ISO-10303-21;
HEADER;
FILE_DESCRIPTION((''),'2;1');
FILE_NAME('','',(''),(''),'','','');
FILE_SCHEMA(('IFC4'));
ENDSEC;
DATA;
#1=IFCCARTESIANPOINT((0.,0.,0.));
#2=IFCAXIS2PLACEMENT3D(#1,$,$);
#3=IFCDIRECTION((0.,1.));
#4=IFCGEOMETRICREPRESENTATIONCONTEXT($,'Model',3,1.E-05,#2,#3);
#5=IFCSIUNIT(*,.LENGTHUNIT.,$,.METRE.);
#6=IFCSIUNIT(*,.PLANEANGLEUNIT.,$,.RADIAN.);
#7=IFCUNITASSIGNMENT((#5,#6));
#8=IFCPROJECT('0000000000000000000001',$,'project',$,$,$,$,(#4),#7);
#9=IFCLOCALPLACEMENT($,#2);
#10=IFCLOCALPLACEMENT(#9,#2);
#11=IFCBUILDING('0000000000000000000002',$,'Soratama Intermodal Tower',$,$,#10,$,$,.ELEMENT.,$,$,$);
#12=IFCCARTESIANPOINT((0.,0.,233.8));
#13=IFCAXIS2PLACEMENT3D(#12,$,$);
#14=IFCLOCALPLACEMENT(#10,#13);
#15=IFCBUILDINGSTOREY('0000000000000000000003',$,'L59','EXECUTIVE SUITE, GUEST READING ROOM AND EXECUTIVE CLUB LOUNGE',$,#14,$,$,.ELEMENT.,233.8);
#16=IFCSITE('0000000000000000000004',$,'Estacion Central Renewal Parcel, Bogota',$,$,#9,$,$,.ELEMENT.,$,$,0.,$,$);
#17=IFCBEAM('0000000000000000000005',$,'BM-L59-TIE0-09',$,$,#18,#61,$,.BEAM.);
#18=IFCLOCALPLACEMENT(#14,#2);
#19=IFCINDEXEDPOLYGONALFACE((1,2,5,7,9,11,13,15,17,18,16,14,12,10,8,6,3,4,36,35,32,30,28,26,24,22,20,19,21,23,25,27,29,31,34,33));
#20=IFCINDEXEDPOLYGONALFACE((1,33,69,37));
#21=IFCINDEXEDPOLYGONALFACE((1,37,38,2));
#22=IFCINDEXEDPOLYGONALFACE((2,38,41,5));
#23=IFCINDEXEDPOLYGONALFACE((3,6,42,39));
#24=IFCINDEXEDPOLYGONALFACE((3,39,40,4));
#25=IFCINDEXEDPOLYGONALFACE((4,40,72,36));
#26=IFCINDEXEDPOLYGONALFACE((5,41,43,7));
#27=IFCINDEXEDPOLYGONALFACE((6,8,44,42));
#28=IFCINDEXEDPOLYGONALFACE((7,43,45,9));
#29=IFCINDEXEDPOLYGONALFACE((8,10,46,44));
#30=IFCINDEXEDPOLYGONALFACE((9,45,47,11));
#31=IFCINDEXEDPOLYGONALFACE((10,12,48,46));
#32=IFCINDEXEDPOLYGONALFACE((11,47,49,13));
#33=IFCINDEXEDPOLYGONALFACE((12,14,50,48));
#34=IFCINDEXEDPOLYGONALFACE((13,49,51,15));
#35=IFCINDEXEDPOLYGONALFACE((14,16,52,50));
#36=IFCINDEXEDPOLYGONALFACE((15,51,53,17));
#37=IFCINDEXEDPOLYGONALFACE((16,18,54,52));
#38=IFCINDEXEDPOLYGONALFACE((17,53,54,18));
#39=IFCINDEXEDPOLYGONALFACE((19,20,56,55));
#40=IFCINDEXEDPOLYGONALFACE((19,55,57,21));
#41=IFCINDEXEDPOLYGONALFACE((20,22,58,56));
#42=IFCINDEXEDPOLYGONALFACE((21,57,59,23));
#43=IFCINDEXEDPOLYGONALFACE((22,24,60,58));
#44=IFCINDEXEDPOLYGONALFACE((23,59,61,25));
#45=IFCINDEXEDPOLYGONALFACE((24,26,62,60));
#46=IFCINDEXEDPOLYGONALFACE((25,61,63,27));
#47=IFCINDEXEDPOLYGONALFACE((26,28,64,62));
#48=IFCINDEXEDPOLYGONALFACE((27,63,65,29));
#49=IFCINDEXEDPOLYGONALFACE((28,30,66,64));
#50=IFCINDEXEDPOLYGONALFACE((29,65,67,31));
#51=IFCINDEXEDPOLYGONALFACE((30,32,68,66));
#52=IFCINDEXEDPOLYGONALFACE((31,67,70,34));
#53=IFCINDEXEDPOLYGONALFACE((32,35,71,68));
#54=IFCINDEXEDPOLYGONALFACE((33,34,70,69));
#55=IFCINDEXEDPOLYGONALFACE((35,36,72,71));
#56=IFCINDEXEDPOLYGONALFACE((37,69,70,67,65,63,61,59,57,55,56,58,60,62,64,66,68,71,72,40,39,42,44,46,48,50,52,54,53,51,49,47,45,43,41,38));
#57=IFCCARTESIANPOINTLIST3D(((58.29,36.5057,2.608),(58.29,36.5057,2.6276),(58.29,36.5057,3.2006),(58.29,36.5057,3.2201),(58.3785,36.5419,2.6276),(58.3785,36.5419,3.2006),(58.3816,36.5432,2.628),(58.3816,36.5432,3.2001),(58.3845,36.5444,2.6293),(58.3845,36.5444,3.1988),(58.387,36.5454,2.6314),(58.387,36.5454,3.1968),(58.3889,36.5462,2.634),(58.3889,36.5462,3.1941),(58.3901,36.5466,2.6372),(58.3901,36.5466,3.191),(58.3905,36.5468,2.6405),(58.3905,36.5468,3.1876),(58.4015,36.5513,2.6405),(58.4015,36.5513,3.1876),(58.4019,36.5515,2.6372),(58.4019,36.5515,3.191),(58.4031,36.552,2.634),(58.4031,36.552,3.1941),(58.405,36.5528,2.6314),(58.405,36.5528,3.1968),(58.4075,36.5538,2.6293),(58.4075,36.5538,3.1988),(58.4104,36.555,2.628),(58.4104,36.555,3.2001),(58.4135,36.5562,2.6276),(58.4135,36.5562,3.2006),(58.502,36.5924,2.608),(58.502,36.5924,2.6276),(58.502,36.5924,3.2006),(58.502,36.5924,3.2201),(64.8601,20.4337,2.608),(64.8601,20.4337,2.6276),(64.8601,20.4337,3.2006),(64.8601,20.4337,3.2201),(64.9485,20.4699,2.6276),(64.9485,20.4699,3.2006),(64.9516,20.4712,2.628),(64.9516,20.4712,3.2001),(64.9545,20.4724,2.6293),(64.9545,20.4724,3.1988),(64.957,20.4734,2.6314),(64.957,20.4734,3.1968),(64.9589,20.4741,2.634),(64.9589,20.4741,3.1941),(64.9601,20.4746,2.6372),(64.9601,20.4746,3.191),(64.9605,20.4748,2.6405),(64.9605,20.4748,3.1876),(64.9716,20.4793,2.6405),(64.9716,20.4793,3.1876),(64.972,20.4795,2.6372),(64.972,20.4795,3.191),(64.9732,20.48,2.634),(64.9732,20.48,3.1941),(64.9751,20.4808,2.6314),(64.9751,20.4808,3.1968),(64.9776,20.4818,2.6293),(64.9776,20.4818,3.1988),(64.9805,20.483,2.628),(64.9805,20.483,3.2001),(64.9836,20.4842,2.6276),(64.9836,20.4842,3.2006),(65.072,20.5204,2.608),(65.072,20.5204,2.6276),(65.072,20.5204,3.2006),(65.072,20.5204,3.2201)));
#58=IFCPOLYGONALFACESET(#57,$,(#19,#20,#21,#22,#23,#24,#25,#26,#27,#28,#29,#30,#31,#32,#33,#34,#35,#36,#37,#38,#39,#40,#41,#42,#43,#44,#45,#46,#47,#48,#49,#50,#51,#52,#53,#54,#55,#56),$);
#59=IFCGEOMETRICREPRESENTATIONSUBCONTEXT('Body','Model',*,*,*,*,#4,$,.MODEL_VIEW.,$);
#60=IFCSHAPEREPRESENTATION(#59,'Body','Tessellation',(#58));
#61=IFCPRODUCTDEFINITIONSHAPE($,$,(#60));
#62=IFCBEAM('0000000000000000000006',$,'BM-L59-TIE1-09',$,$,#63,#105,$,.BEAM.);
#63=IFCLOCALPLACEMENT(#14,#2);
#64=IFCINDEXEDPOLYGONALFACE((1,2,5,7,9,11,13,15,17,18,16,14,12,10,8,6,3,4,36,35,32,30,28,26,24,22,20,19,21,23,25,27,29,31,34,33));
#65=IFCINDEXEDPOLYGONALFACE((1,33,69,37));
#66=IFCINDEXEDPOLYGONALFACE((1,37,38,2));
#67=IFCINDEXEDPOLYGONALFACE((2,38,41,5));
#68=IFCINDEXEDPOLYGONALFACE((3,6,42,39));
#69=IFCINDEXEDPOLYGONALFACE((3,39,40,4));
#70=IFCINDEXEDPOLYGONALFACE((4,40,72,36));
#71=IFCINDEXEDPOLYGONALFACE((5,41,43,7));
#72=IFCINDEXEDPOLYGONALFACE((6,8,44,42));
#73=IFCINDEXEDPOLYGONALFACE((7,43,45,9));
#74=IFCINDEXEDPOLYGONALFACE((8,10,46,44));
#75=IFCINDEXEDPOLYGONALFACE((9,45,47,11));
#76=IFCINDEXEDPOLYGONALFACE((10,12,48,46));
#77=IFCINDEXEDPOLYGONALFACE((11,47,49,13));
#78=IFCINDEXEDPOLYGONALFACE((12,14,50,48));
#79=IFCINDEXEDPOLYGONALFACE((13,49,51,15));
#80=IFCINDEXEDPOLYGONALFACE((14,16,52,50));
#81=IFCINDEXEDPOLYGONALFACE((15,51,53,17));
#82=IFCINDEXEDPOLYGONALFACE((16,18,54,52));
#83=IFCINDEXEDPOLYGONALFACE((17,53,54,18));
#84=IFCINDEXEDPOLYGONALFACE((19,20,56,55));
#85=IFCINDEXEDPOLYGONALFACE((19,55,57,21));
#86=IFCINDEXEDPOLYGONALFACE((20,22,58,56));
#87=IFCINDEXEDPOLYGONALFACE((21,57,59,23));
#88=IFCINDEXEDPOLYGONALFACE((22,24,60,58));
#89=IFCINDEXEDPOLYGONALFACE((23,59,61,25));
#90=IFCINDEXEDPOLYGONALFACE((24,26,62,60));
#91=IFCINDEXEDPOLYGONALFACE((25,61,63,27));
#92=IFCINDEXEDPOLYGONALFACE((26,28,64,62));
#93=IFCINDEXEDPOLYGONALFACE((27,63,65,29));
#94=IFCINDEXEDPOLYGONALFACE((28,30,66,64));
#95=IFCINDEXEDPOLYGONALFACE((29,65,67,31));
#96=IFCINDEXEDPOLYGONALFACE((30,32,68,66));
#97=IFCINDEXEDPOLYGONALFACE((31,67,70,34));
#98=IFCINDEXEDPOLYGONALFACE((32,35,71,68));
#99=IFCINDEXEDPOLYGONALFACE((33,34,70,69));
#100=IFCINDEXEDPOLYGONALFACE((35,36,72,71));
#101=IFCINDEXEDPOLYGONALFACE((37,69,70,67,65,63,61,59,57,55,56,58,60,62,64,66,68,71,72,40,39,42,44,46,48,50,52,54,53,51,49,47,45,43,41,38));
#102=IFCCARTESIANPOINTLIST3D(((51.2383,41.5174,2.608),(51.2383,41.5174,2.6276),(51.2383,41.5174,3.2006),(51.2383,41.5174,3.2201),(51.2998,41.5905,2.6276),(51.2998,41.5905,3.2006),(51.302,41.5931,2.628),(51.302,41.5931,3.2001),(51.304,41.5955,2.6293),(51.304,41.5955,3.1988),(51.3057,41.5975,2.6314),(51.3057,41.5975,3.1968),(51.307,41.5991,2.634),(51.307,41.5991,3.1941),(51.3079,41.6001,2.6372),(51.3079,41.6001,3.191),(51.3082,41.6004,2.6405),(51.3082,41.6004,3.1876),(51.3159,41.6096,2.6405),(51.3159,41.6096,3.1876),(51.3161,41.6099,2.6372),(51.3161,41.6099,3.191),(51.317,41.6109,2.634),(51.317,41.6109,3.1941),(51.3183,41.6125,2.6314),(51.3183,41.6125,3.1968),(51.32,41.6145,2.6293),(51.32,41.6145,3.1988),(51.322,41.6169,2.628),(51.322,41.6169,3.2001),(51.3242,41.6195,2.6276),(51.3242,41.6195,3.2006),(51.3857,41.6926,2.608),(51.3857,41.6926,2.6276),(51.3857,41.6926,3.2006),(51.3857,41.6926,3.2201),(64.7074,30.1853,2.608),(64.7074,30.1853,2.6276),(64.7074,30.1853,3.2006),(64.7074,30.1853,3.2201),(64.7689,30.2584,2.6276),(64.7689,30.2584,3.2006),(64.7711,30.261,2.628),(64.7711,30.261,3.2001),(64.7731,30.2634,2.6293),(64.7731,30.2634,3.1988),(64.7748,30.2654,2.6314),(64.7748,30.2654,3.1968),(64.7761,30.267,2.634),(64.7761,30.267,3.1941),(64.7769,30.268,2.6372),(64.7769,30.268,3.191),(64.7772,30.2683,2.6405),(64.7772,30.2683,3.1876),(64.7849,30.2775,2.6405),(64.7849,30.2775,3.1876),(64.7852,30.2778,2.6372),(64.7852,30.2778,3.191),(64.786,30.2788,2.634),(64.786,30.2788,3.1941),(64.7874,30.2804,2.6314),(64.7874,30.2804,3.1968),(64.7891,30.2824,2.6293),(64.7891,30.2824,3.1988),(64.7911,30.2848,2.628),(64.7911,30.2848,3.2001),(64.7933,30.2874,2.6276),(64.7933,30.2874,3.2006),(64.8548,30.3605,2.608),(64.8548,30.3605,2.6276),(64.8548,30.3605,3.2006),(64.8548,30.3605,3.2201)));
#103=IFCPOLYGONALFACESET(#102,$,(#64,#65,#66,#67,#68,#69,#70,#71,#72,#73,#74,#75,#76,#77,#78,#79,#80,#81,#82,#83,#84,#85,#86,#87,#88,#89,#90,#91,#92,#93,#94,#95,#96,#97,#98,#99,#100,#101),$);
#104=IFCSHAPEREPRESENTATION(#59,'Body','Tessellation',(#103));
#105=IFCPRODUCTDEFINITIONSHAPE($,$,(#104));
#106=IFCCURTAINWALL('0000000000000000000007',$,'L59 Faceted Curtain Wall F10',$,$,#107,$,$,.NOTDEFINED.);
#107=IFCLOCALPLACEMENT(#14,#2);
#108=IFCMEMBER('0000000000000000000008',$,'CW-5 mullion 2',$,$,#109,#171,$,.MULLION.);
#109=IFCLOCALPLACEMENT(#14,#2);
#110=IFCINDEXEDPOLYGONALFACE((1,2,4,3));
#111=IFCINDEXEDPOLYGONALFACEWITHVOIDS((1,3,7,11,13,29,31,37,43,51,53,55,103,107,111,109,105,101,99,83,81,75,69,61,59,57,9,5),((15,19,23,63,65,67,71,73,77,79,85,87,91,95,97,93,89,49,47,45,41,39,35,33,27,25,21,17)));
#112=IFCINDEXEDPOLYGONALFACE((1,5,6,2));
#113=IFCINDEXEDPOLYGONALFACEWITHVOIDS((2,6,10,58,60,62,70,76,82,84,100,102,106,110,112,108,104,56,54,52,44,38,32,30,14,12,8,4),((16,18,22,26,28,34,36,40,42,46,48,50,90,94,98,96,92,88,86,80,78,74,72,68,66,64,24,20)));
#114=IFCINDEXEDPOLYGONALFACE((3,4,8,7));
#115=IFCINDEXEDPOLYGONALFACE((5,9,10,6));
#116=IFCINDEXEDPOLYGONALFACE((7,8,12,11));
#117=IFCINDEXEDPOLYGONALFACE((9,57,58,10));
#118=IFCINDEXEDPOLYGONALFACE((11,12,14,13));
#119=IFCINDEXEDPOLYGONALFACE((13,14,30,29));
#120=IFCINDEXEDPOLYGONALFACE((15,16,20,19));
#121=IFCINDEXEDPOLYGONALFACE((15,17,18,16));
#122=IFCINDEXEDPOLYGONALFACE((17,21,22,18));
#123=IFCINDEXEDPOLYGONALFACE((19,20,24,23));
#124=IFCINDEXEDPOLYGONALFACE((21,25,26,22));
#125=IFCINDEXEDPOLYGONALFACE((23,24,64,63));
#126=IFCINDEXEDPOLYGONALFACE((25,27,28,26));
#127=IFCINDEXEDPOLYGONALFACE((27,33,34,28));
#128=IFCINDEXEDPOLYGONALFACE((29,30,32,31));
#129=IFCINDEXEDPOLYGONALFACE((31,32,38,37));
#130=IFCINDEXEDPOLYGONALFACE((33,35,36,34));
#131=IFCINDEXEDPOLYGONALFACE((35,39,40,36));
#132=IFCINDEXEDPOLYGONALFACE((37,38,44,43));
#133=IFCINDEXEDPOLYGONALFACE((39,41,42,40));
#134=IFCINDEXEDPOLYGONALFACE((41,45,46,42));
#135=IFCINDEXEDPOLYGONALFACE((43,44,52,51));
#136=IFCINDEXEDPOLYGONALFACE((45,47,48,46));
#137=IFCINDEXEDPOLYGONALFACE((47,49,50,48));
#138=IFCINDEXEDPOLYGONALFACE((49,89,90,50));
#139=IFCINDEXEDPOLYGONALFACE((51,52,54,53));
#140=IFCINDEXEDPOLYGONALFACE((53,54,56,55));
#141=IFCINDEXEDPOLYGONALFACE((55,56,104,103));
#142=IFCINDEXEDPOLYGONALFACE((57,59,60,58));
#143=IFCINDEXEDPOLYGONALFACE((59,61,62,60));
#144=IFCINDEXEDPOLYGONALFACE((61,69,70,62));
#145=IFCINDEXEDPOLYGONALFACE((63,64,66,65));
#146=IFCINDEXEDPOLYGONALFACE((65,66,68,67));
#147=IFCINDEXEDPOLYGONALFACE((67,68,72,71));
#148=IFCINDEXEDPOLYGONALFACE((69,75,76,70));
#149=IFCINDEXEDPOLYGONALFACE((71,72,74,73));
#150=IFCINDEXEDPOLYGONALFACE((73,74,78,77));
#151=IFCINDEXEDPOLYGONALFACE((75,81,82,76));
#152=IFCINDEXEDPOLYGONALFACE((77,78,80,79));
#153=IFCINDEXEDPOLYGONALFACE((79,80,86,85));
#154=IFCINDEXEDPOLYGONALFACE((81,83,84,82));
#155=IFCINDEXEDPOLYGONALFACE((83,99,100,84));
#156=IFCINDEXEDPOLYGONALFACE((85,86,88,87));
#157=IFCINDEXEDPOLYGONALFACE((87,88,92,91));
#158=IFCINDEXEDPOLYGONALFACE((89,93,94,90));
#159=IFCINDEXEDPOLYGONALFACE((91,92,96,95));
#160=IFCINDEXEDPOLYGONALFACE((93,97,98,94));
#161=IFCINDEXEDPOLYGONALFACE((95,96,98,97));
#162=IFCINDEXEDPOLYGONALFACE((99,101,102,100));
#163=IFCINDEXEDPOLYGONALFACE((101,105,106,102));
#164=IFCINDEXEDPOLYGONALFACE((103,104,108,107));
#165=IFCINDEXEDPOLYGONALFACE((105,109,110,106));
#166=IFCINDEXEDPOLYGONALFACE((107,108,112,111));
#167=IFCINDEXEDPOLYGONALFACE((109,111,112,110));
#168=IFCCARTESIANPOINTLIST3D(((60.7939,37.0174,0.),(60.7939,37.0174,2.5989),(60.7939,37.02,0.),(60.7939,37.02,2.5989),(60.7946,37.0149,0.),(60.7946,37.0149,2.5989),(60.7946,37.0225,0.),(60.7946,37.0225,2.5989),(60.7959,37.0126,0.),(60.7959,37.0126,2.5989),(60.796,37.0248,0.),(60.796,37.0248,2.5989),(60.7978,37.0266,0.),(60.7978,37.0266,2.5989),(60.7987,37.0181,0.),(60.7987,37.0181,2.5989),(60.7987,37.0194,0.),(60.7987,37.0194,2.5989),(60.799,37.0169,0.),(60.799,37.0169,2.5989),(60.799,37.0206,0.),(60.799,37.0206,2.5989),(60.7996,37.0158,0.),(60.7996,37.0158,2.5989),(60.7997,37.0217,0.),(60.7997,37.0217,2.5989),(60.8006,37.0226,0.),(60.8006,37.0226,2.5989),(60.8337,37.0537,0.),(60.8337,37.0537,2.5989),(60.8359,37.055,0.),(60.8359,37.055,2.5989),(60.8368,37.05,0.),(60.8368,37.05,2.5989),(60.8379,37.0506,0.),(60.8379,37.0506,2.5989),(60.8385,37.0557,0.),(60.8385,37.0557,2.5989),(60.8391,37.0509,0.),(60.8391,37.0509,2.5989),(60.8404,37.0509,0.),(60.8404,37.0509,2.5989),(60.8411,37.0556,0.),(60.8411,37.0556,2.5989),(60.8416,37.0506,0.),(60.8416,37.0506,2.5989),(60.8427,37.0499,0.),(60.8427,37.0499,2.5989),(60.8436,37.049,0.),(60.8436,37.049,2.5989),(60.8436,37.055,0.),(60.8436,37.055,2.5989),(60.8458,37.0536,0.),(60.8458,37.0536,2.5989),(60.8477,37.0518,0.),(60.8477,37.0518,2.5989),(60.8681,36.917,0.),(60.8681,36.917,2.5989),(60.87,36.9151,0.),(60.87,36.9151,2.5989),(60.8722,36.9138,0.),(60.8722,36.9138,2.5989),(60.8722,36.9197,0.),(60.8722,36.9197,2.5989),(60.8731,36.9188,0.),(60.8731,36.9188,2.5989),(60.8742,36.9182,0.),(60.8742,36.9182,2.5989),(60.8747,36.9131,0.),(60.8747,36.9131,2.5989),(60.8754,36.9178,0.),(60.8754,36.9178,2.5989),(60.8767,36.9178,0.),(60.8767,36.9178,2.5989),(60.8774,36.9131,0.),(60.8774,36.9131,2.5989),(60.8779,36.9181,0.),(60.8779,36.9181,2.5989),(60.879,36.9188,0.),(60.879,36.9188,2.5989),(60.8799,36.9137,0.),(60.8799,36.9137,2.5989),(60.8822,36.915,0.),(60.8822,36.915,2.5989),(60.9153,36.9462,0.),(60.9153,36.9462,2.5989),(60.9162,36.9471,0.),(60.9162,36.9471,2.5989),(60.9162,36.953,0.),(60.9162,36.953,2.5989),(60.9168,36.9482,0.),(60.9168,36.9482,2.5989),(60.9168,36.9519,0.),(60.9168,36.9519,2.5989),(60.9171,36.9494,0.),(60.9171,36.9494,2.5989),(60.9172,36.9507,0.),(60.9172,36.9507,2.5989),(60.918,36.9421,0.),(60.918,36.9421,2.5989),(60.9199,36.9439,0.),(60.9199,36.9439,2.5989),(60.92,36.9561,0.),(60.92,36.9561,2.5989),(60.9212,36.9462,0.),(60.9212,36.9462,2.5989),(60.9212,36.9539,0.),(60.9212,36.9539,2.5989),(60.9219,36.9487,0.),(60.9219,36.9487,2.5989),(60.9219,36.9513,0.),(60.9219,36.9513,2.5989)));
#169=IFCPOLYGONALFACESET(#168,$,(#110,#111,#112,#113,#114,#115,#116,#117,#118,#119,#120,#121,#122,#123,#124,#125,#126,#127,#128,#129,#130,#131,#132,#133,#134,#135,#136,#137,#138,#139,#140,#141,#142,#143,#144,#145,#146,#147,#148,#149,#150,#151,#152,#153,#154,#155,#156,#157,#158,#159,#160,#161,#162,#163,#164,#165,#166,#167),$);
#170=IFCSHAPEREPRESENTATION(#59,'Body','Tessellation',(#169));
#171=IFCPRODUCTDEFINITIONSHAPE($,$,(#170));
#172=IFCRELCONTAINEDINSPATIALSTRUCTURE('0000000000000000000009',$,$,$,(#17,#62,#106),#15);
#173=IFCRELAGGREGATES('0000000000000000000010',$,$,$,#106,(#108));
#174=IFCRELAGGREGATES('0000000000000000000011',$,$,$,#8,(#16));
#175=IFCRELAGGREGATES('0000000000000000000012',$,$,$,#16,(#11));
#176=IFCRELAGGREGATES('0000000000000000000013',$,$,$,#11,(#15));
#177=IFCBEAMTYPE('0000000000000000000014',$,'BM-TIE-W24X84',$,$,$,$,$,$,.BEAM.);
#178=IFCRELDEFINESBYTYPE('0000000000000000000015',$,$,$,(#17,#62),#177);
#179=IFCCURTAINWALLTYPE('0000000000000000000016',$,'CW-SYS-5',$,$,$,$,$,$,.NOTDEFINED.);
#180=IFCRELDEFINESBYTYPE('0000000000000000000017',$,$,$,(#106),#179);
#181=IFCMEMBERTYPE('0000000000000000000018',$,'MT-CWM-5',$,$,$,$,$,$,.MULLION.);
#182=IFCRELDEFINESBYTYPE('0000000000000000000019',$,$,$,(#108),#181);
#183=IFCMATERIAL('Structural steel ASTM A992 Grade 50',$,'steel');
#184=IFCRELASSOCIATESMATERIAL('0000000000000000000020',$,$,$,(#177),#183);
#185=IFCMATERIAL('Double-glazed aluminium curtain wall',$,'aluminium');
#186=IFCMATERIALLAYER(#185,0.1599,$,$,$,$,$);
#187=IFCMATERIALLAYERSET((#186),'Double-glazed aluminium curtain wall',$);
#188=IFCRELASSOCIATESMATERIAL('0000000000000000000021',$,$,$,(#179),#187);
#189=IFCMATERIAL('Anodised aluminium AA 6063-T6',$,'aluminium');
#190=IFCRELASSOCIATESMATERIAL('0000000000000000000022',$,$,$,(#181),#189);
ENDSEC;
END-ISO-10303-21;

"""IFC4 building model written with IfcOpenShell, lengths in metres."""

from ifc_helpers import new_model, si_unit, direction, frame, origin, origin_2d, place, context, subcontext, project, spatial, hollow_rectangle, i_section, extrude, material, layer, layer_set, material_profile, profile_set, type_object, element, aggregate, save


model = new_model("IFC4")

# Units and contexts
model_context = context("Model", 3, precision=1e-05, world=origin(), true_north=direction((0.0, 1.0)))
body_context = subcontext(model_context, "Body", "Model", "MODEL_VIEW")
ifc_project = project(units=[si_unit("LENGTHUNIT", "METRE"), si_unit("PLANEANGLEUNIT", "RADIAN")], contexts=[model_context])

# Site, building, storey
site_placement = place(None, origin())
site = spatial("IfcSite", under=ifc_project, at=site_placement, Name="Estacion Central Renewal Parcel, Bogota", CompositionType="ELEMENT", RefElevation=0.0)
building_placement = place(site_placement, origin())
building = spatial("IfcBuilding", under=site, at=building_placement, Name="Soratama Intermodal Tower", CompositionType="ELEMENT")
storey_placement = place(building_placement, frame((0.0, 0.0, 233.8)))
storey = spatial("IfcBuildingStorey", under=building, at=storey_placement, Name="L59", Description="EXECUTIVE SUITE, GUEST READING ROOM AND EXECUTIVE CLUB LOUNGE", CompositionType="ELEMENT", Elevation=233.8)

# Beams
ifc_material_1 = material(Name="Structural steel ASTM A992 Grade 50", Category="steel")
ifc_material_profile_1 = material_profile(ifc_material_1, i_section(OverallWidth=0.229, OverallDepth=0.6121, WebThickness=0.012, FlangeThickness=0.0195, FilletRadius=0.0129, at=origin_2d()), Name="W24X84")
ifc_profile_set_1 = profile_set([ifc_material_profile_1], Name="Structural steel ASTM A992 Grade 50")
beam_type_1 = type_object("IfcBeamType", Name="BM-TIE-W24X84", PredefinedType="BEAM", material=ifc_profile_set_1)
beam_1_placement = place(storey_placement, frame((58.396, 36.5491, 2.9141), z_axis=(0.378394, -0.925645, 0.0), x_axis=(0.925645, 0.378394, 0.0)))
element("IfcBeam", 1, at=beam_1_placement, inside=storey, type_object=beam_type_1, Name="BM-L59-TIE0-09", PredefinedType="BEAM", context=body_context, shape_type="SweptSolid", body=[
    extrude(i_section(OverallWidth=0.229, OverallDepth=0.6121, WebThickness=0.012, FlangeThickness=0.0195, FilletRadius=0.0129, at=origin_2d()), origin(), (0.0, 0.0, 1.0), 17.363),
])
beam_2_placement = place(storey_placement, frame((51.312, 41.605, 2.9141), z_axis=(0.765199, -0.643794, 0.0), x_axis=(0.643794, 0.765199, 0.0)))
element("IfcBeam", 2, at=beam_2_placement, inside=storey, type_object=beam_type_1, Name="BM-L59-TIE1-09", PredefinedType="BEAM", context=body_context, shape_type="SweptSolid", body=[
    extrude(i_section(OverallWidth=0.229, OverallDepth=0.6121, WebThickness=0.012, FlangeThickness=0.0195, FilletRadius=0.0129, at=origin_2d()), origin(), (0.0, 0.0, 1.0), 17.6021),
])

# Curtain wall, member
ifc_material_2 = material(Name="Double-glazed aluminium curtain wall", Category="aluminium")
ifc_layer_1 = layer(ifc_material_2, 0.1599)
ifc_layer_set_1 = layer_set([ifc_layer_1], Name="Double-glazed aluminium curtain wall")
curtain_wall_type = type_object("IfcCurtainWallType", Name="CW-SYS-5", PredefinedType="NOTDEFINED", material=ifc_layer_set_1)
curtain_wall_placement = place(storey_placement, origin())
curtain_wall = element("IfcCurtainWall", 3, at=curtain_wall_placement, inside=storey, type_object=curtain_wall_type, Name="L59 Faceted Curtain Wall F10", PredefinedType="NOTDEFINED")
ifc_material_3 = material(Name="Anodised aluminium AA 6063-T6", Category="aluminium")
ifc_material_profile_2 = material_profile(ifc_material_3, hollow_rectangle(XDim=0.0649, YDim=0.1399, WallThickness=0.0049, InnerFilletRadius=0.0049, OuterFilletRadius=0.01, at=origin_2d()), Name="CWM140X65X5")
ifc_profile_set_2 = profile_set([ifc_material_profile_2], Name="Anodised aluminium AA 6063-T6")
member_type_1 = type_object("IfcMemberType", Name="MT-CWM-5", PredefinedType="MULLION", material=ifc_profile_set_2)
member_1_placement = place(storey_placement, frame((60.8579, 36.9844, 0.0), z_axis=(0.0, 0.0, 1.0), x_axis=(-0.797794, -0.602931, 0.0)))
member_1 = element("IfcMember", 4, at=member_1_placement, type_object=member_type_1, Name="CW-5 mullion 2", PredefinedType="MULLION", context=body_context, shape_type="SweptSolid", body=[
    extrude(hollow_rectangle(XDim=0.0649, YDim=0.1399, WallThickness=0.0049, InnerFilletRadius=0.0049, OuterFilletRadius=0.01, at=origin_2d()), origin(), (0.0, 0.0, 1.0), 2.5989),
])
aggregate(curtain_wall, [member_1])

save(model, "model.ifc")
